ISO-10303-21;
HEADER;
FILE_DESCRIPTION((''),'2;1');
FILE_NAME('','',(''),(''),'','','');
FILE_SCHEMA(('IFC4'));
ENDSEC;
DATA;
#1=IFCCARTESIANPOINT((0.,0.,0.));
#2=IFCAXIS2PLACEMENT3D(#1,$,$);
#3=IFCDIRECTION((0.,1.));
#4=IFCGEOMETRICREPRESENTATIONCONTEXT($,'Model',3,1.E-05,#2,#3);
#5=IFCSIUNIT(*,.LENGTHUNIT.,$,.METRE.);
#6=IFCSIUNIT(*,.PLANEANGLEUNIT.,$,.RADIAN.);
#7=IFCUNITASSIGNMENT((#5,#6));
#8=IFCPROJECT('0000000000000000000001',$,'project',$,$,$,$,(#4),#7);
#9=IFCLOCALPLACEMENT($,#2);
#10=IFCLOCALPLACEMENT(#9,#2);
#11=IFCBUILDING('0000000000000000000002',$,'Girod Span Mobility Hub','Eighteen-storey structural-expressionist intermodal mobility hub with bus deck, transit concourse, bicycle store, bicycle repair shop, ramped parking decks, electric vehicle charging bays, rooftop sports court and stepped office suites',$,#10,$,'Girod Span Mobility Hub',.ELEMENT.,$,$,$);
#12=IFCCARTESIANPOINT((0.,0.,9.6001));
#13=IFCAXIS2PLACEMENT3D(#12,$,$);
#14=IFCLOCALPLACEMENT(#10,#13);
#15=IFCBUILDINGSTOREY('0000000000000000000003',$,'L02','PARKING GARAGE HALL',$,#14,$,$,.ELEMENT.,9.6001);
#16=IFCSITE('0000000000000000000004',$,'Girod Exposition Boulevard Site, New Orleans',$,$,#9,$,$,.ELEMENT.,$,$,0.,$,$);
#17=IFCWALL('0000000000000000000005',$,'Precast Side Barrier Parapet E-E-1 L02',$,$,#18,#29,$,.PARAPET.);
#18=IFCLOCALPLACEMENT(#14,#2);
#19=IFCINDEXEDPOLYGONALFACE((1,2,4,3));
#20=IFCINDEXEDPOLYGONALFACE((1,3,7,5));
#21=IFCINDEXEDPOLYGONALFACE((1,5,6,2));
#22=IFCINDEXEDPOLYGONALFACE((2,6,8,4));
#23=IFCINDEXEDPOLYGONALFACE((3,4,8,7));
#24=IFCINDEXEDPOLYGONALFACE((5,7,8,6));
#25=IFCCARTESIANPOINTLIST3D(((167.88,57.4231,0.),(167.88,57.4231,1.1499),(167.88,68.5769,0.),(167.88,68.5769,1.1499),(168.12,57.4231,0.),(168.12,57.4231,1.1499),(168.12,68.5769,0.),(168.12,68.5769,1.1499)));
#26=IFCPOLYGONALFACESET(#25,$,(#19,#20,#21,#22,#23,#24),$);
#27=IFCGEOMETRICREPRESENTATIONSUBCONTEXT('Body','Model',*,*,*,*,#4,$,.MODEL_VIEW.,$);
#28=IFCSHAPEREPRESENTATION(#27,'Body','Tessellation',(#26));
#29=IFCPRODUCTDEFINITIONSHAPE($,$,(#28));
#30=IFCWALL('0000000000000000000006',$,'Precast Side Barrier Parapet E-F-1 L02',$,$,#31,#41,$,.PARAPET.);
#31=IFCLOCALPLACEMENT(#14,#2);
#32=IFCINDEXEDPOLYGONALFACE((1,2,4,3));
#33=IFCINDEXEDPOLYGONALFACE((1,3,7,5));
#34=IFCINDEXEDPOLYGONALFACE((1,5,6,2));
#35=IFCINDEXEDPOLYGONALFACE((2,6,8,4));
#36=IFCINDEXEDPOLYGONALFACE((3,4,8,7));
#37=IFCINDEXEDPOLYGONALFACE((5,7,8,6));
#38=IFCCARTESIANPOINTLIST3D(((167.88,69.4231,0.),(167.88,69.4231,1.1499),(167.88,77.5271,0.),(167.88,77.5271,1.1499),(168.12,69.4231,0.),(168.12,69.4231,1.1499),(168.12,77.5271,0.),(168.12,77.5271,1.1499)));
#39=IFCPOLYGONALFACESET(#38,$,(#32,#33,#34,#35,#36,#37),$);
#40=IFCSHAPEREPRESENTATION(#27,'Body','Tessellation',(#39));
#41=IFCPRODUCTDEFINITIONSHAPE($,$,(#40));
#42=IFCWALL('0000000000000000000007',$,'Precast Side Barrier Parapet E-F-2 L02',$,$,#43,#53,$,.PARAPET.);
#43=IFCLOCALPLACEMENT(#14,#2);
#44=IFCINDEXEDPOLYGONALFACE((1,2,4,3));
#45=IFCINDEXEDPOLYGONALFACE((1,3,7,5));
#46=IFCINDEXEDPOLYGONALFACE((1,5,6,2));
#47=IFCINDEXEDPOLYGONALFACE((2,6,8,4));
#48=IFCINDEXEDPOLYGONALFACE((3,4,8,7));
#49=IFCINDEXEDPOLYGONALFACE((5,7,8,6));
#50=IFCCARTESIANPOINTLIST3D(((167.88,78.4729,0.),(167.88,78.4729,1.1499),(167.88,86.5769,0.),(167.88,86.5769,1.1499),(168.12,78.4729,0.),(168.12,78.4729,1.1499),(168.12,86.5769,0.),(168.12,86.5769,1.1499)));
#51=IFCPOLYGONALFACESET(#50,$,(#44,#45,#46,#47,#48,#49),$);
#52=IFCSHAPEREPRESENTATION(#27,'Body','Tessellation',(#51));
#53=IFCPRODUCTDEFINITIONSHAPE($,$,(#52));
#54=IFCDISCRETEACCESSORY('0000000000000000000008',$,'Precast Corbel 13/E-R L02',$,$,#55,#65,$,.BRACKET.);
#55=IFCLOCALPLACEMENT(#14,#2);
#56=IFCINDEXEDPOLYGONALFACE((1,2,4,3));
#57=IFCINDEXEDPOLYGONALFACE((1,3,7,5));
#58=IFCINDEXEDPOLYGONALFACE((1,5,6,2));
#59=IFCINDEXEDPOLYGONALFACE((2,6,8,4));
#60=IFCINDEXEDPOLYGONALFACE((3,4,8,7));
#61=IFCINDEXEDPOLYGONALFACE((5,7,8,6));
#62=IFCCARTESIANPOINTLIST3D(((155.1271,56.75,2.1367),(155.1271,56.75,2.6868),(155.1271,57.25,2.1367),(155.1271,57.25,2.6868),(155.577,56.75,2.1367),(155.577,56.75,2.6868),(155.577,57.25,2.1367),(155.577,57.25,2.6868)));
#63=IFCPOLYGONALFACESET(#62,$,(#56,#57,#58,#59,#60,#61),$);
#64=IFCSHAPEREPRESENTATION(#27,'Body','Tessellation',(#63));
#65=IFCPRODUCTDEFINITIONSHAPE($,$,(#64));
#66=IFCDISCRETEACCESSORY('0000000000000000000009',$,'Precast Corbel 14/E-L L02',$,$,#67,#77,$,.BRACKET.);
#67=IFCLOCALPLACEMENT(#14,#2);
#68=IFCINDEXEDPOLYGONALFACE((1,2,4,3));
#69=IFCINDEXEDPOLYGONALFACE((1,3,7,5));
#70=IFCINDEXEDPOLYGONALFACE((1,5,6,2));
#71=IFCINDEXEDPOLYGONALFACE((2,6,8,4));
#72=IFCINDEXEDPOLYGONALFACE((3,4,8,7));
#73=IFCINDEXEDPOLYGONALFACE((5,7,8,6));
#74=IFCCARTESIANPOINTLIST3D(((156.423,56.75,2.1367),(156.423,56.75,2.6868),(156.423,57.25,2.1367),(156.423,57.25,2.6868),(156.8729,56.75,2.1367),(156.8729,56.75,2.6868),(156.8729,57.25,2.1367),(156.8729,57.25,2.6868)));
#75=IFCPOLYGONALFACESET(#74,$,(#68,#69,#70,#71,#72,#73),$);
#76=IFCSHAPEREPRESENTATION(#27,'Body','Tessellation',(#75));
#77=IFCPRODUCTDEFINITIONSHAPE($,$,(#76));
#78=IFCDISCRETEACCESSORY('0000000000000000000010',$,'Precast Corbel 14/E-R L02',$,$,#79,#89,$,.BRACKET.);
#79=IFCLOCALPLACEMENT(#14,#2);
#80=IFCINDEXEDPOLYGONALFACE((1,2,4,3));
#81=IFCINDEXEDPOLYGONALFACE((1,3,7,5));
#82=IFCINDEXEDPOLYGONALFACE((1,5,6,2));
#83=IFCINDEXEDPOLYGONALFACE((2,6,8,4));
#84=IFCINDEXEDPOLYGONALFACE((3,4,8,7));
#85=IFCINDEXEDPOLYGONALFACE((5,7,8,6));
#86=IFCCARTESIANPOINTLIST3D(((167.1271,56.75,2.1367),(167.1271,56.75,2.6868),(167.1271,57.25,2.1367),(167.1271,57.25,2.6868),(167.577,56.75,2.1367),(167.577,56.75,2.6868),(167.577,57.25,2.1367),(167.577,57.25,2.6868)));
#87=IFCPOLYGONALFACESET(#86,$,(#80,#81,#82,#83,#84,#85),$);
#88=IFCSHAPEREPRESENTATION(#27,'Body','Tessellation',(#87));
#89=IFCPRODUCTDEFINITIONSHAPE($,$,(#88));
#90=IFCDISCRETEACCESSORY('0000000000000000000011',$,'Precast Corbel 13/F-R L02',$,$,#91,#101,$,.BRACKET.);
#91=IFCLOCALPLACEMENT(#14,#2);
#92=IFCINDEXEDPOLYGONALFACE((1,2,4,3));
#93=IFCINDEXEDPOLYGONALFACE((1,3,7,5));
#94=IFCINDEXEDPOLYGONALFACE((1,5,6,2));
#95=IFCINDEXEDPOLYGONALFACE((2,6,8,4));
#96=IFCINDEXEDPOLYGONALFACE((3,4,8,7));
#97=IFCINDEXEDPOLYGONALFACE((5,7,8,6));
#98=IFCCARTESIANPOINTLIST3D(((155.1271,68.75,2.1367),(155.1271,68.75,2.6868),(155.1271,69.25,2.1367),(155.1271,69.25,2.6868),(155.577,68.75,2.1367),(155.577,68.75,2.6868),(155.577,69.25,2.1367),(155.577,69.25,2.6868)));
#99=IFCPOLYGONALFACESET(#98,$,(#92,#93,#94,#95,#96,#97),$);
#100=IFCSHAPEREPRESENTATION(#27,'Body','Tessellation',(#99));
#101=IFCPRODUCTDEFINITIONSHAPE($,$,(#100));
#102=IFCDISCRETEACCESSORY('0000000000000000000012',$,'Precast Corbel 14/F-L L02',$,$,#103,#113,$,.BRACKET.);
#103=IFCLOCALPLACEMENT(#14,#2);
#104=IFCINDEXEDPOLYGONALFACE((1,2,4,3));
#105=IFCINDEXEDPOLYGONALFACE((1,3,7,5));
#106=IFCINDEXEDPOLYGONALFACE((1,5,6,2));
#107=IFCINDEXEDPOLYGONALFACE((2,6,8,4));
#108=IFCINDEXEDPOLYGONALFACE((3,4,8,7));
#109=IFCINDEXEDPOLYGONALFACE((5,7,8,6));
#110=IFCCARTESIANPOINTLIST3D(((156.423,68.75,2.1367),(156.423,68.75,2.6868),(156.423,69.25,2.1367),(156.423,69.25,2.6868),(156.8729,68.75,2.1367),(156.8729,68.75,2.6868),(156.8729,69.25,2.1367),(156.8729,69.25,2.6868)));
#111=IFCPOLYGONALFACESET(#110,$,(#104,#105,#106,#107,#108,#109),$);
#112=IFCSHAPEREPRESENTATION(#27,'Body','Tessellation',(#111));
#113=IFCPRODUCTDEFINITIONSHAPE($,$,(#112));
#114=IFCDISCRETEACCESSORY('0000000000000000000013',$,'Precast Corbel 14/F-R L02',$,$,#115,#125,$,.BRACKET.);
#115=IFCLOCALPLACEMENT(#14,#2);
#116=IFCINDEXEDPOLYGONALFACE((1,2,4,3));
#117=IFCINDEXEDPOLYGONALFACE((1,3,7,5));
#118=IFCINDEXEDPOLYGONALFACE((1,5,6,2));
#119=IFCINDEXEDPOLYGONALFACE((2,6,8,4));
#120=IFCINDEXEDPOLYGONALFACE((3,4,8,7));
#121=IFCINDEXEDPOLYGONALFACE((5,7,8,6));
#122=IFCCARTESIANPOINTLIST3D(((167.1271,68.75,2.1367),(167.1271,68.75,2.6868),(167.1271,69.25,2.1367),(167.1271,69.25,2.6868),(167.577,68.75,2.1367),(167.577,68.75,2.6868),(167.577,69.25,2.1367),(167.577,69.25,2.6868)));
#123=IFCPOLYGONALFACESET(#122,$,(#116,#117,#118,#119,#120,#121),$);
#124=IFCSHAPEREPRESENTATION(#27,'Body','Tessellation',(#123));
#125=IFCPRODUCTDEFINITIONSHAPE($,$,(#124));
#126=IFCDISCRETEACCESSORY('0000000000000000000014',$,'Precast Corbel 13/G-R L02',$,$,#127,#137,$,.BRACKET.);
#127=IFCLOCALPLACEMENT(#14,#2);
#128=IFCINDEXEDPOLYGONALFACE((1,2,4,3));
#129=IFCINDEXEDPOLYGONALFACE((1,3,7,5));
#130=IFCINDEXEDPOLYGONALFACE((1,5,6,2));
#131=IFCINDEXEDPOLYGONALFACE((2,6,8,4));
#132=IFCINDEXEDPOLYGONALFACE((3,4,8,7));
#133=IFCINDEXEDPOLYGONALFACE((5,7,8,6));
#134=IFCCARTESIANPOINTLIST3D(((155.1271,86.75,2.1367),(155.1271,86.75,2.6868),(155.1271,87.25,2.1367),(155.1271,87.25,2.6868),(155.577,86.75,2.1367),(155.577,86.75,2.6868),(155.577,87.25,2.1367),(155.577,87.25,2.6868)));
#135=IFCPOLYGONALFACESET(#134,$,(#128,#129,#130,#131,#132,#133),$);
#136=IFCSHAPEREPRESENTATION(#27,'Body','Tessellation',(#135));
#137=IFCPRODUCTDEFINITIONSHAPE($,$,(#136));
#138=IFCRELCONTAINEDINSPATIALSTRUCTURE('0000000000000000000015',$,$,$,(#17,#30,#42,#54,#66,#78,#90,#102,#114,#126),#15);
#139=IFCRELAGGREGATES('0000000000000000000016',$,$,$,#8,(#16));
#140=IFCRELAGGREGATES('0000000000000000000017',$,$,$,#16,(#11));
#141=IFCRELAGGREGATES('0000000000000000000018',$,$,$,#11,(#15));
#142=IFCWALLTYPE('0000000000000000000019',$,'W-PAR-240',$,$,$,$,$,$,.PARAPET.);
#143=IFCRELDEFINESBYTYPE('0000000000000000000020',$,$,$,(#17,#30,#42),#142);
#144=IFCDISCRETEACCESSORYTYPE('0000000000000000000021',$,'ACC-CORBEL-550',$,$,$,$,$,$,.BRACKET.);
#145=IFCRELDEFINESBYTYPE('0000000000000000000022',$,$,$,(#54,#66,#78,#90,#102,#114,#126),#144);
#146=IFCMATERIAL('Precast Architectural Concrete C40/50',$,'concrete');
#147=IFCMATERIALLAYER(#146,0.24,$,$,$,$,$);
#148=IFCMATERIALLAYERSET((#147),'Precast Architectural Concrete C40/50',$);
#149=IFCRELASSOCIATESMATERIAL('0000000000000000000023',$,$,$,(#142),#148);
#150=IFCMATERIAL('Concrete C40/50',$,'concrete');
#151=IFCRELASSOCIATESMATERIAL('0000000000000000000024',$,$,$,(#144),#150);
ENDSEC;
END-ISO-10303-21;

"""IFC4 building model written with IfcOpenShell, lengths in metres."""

from ifc_helpers import new_model, si_unit, direction, frame, frame_2d, origin, origin_2d, place, context, subcontext, project, spatial, rectangle, extrude, material, layer, layer_set, type_object, element, save


model = new_model("IFC4")

# Units and contexts
model_context = context("Model", 3, precision=1e-05, world=origin(), true_north=direction((0.0, 1.0)))
body_context = subcontext(model_context, "Body", "Model", "MODEL_VIEW")
ifc_project = project(units=[si_unit("LENGTHUNIT", "METRE"), si_unit("PLANEANGLEUNIT", "RADIAN")], contexts=[model_context])

# Site, building, storey
site_placement = place(None, origin())
site = spatial("IfcSite", under=ifc_project, at=site_placement, Name="Girod Exposition Boulevard Site, New Orleans", CompositionType="ELEMENT", RefElevation=0.0)
building_placement = place(site_placement, origin())
building = spatial("IfcBuilding", under=site, at=building_placement, Name="Girod Span Mobility Hub", Description="Eighteen-storey structural-expressionist intermodal mobility hub with bus deck, transit concourse, bicycle store, bicycle repair shop, ramped parking decks, electric vehicle charging bays, rooftop sports court and stepped office suites", LongName="Girod Span Mobility Hub", CompositionType="ELEMENT")
storey_placement = place(building_placement, frame((0.0, 0.0, 9.6001)))
storey = spatial("IfcBuildingStorey", under=building, at=storey_placement, Name="L02", Description="PARKING GARAGE HALL", CompositionType="ELEMENT", Elevation=9.6001)

# Walls
ifc_material_1 = material(Name="Precast Architectural Concrete C40/50", Category="concrete")
ifc_layer = layer(ifc_material_1, 0.24)
ifc_layer_set = layer_set([ifc_layer], Name="Precast Architectural Concrete C40/50")
wall_type = type_object("IfcWallType", Name="W-PAR-240", PredefinedType="PARAPET", material=ifc_layer_set)
wall_placement = place(storey_placement, frame((168.0, 57.4231, 0.0), z_axis=(0.0, 0.0, 1.0), x_axis=(0.0, 1.0, 0.0)))
element("IfcWall", 1, at=wall_placement, inside=storey, type_object=wall_type, Name="Precast Side Barrier Parapet E-E-1 L02", PredefinedType="PARAPET", context=body_context, shape_type="SweptSolid", body=[
    extrude(rectangle(XDim=11.1538, YDim=0.24, at=frame_2d((5.5769, 0.0))), origin(), (0.0, 0.0, 1.0), 1.1499),
])
for number, where, z_axis, x_axis, name in (
    (2, (168.0, 69.4231, 0.0), (0.0, 0.0, 1.0), (0.0, 1.0, 0.0), "Precast Side Barrier Parapet E-F-1 L02"),
    (3, (168.0, 78.4729, 0.0), (0.0, 0.0, 1.0), (0.0, 1.0, 0.0), "Precast Side Barrier Parapet E-F-2 L02"),
):
    element("IfcWall", number, at=place(storey_placement, frame(where, z_axis=z_axis, x_axis=x_axis)), inside=storey, type_object=wall_type, Name=name, PredefinedType="PARAPET", context=body_context, shape_type="SweptSolid", body=[
        extrude(rectangle(XDim=8.104, YDim=0.24, at=frame_2d((4.052, 0.0))), origin(), (0.0, 0.0, 1.0), 1.1499),
    ])

# Discrete accessories
ifc_material_2 = material(Name="Concrete C40/50", Category="concrete")
discrete_accessory_type = type_object("IfcDiscreteAccessoryType", Name="ACC-CORBEL-550", PredefinedType="BRACKET", material=ifc_material_2)
for number, where, z_axis, x_axis, name in (
    (4, (155.3521, 57.0, 2.1367), (0.0, 0.0, 1.0), (1.0, 0.0, 0.0), "Precast Corbel 13/E-R L02"),
    (5, (156.6479, 57.0, 2.1367), (0.0, 0.0, 1.0), (1.0, 0.0, 0.0), "Precast Corbel 14/E-L L02"),
    (6, (167.3521, 57.0, 2.1367), (0.0, 0.0, 1.0), (1.0, 0.0, 0.0), "Precast Corbel 14/E-R L02"),
    (7, (155.3521, 69.0, 2.1367), (0.0, 0.0, 1.0), (1.0, 0.0, 0.0), "Precast Corbel 13/F-R L02"),
    (8, (156.6479, 69.0, 2.1367), (0.0, 0.0, 1.0), (1.0, 0.0, 0.0), "Precast Corbel 14/F-L L02"),
    (9, (167.3521, 69.0, 2.1367), (0.0, 0.0, 1.0), (1.0, 0.0, 0.0), "Precast Corbel 14/F-R L02"),
    (10, (155.3521, 87.0, 2.1367), (0.0, 0.0, 1.0), (1.0, 0.0, 0.0), "Precast Corbel 13/G-R L02"),
):
    element("IfcDiscreteAccessory", number, at=place(storey_placement, frame(where, z_axis=z_axis, x_axis=x_axis)), inside=storey, type_object=discrete_accessory_type, Name=name, PredefinedType="BRACKET", context=body_context, shape_type="SweptSolid", body=[
        extrude(rectangle(XDim=0.45, YDim=0.5, at=origin_2d()), origin(), (0.0, 0.0, 1.0), 0.55),
    ])

save(model, "model.ifc")
